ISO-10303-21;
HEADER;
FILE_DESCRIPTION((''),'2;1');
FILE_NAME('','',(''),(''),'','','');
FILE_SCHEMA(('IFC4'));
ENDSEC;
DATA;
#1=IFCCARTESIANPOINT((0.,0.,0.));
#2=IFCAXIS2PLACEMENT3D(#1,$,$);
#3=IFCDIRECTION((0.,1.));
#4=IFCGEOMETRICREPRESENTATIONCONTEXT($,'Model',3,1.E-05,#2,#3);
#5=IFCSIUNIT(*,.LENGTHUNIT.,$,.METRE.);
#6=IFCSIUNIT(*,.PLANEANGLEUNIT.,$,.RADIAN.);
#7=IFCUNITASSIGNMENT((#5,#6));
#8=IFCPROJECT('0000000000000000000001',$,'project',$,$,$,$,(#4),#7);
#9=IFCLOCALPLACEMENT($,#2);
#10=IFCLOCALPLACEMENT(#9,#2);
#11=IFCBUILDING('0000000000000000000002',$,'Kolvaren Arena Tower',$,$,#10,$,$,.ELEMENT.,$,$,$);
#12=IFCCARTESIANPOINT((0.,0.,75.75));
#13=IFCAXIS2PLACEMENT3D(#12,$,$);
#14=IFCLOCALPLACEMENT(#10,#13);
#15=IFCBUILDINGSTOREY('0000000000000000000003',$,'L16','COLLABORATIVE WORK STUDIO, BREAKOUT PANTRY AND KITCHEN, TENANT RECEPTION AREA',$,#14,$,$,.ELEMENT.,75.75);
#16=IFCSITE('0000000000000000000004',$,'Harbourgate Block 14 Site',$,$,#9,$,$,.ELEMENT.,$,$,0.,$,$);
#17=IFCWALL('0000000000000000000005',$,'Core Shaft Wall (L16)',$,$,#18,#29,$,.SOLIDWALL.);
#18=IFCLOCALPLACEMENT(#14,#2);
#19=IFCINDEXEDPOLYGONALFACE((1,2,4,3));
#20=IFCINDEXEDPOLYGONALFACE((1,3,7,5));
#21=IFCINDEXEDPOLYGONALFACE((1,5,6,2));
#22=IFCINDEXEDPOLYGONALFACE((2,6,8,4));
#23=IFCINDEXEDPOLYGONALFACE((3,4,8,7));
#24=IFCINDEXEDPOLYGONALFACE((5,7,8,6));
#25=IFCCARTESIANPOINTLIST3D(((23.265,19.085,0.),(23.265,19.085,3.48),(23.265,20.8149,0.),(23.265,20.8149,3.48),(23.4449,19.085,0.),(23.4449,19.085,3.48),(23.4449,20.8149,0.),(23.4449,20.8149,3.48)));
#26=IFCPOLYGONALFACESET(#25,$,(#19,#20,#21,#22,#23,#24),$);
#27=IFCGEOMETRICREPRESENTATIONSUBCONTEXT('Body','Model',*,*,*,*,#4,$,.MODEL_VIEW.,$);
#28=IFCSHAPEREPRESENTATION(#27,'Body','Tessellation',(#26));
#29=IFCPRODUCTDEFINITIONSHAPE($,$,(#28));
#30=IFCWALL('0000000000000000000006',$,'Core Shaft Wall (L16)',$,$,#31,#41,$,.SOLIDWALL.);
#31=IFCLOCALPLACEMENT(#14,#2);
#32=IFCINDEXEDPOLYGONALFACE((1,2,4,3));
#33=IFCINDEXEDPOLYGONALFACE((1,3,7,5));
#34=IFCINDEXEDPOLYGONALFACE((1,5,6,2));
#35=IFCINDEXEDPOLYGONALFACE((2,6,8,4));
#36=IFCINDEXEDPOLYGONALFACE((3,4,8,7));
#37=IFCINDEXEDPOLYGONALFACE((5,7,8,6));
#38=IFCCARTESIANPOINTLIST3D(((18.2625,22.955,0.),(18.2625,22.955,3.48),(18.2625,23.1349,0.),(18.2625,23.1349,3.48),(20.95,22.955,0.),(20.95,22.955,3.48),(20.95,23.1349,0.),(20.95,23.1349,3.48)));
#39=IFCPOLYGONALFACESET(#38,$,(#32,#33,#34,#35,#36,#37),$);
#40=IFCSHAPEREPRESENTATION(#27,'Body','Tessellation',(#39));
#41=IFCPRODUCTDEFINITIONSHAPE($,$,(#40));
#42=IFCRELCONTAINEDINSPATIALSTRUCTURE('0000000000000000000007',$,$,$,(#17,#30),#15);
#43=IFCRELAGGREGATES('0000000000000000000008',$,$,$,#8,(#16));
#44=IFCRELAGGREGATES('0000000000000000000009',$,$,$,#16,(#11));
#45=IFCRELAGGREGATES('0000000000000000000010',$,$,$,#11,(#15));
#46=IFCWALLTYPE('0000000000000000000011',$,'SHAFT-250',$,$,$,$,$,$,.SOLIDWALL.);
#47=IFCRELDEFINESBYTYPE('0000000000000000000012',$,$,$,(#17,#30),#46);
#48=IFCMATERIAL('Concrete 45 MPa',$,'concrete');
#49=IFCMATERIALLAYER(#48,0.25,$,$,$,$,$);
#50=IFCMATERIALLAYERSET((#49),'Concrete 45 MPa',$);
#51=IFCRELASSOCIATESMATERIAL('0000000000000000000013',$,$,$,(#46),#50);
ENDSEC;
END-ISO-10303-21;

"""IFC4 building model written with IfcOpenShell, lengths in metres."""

from ifc_helpers import new_model, si_unit, direction, frame, frame_2d, origin, place, context, subcontext, project, spatial, rectangle, extrude, material, layer, layer_set, type_object, element, save


model = new_model("IFC4")

# Units and contexts
model_context = context("Model", 3, precision=1e-05, world=origin(), true_north=direction((0.0, 1.0)))
body_context = subcontext(model_context, "Body", "Model", "MODEL_VIEW")
ifc_project = project(units=[si_unit("LENGTHUNIT", "METRE"), si_unit("PLANEANGLEUNIT", "RADIAN")], contexts=[model_context])

# Site, building, storey
site_placement = place(None, origin())
site = spatial("IfcSite", under=ifc_project, at=site_placement, Name="Harbourgate Block 14 Site", CompositionType="ELEMENT", RefElevation=0.0)
building_placement = place(site_placement, origin())
building = spatial("IfcBuilding", under=site, at=building_placement, Name="Kolvaren Arena Tower", CompositionType="ELEMENT")
storey_placement = place(building_placement, frame((0.0, 0.0, 75.75)))
storey = spatial("IfcBuildingStorey", under=building, at=storey_placement, Name="L16", Description="COLLABORATIVE WORK STUDIO, BREAKOUT PANTRY AND KITCHEN, TENANT RECEPTION AREA", CompositionType="ELEMENT", Elevation=75.75)

# Walls
ifc_material_1 = material(Name="Concrete 45 MPa", Category="concrete")
ifc_layer_1 = layer(ifc_material_1, 0.25)
ifc_layer_set_1 = layer_set([ifc_layer_1], Name="Concrete 45 MPa")
wall_type_1 = type_object("IfcWallType", Name="SHAFT-250", PredefinedType="SOLIDWALL", material=ifc_layer_set_1)
for number, where, z_axis, x_axis, name in (
    (1, (23.355, 19.085, 0.0), (0.0, 0.0, 1.0), (0.0, 1.0, 0.0), "Core Shaft Wall (L16)"),
):
    element("IfcWall", number, at=place(storey_placement, frame(where, z_axis=z_axis, x_axis=x_axis)), inside=storey, type_object=wall_type_1, Name=name, PredefinedType="SOLIDWALL", context=body_context, shape_type="SweptSolid", body=[
        extrude(rectangle(XDim=1.73, YDim=0.1799, at=frame_2d((0.865, 0.0))), origin(), (0.0, 0.0, 1.0), 3.48),
    ])
wall_1_placement = place(storey_placement, frame((18.2625, 23.0449, 0.0), z_axis=(0.0, 0.0, 1.0), x_axis=(1.0, 0.0, 0.0)))
element("IfcWall", 2, at=wall_1_placement, inside=storey, type_object=wall_type_1, Name="Core Shaft Wall (L16)", PredefinedType="SOLIDWALL", context=body_context, shape_type="SweptSolid", body=[
    extrude(rectangle(XDim=2.6875, YDim=0.1799, at=frame_2d((1.3438, 0.0))), origin(), (0.0, 0.0, 1.0), 3.48),
])

save(model, "model.ifc")
